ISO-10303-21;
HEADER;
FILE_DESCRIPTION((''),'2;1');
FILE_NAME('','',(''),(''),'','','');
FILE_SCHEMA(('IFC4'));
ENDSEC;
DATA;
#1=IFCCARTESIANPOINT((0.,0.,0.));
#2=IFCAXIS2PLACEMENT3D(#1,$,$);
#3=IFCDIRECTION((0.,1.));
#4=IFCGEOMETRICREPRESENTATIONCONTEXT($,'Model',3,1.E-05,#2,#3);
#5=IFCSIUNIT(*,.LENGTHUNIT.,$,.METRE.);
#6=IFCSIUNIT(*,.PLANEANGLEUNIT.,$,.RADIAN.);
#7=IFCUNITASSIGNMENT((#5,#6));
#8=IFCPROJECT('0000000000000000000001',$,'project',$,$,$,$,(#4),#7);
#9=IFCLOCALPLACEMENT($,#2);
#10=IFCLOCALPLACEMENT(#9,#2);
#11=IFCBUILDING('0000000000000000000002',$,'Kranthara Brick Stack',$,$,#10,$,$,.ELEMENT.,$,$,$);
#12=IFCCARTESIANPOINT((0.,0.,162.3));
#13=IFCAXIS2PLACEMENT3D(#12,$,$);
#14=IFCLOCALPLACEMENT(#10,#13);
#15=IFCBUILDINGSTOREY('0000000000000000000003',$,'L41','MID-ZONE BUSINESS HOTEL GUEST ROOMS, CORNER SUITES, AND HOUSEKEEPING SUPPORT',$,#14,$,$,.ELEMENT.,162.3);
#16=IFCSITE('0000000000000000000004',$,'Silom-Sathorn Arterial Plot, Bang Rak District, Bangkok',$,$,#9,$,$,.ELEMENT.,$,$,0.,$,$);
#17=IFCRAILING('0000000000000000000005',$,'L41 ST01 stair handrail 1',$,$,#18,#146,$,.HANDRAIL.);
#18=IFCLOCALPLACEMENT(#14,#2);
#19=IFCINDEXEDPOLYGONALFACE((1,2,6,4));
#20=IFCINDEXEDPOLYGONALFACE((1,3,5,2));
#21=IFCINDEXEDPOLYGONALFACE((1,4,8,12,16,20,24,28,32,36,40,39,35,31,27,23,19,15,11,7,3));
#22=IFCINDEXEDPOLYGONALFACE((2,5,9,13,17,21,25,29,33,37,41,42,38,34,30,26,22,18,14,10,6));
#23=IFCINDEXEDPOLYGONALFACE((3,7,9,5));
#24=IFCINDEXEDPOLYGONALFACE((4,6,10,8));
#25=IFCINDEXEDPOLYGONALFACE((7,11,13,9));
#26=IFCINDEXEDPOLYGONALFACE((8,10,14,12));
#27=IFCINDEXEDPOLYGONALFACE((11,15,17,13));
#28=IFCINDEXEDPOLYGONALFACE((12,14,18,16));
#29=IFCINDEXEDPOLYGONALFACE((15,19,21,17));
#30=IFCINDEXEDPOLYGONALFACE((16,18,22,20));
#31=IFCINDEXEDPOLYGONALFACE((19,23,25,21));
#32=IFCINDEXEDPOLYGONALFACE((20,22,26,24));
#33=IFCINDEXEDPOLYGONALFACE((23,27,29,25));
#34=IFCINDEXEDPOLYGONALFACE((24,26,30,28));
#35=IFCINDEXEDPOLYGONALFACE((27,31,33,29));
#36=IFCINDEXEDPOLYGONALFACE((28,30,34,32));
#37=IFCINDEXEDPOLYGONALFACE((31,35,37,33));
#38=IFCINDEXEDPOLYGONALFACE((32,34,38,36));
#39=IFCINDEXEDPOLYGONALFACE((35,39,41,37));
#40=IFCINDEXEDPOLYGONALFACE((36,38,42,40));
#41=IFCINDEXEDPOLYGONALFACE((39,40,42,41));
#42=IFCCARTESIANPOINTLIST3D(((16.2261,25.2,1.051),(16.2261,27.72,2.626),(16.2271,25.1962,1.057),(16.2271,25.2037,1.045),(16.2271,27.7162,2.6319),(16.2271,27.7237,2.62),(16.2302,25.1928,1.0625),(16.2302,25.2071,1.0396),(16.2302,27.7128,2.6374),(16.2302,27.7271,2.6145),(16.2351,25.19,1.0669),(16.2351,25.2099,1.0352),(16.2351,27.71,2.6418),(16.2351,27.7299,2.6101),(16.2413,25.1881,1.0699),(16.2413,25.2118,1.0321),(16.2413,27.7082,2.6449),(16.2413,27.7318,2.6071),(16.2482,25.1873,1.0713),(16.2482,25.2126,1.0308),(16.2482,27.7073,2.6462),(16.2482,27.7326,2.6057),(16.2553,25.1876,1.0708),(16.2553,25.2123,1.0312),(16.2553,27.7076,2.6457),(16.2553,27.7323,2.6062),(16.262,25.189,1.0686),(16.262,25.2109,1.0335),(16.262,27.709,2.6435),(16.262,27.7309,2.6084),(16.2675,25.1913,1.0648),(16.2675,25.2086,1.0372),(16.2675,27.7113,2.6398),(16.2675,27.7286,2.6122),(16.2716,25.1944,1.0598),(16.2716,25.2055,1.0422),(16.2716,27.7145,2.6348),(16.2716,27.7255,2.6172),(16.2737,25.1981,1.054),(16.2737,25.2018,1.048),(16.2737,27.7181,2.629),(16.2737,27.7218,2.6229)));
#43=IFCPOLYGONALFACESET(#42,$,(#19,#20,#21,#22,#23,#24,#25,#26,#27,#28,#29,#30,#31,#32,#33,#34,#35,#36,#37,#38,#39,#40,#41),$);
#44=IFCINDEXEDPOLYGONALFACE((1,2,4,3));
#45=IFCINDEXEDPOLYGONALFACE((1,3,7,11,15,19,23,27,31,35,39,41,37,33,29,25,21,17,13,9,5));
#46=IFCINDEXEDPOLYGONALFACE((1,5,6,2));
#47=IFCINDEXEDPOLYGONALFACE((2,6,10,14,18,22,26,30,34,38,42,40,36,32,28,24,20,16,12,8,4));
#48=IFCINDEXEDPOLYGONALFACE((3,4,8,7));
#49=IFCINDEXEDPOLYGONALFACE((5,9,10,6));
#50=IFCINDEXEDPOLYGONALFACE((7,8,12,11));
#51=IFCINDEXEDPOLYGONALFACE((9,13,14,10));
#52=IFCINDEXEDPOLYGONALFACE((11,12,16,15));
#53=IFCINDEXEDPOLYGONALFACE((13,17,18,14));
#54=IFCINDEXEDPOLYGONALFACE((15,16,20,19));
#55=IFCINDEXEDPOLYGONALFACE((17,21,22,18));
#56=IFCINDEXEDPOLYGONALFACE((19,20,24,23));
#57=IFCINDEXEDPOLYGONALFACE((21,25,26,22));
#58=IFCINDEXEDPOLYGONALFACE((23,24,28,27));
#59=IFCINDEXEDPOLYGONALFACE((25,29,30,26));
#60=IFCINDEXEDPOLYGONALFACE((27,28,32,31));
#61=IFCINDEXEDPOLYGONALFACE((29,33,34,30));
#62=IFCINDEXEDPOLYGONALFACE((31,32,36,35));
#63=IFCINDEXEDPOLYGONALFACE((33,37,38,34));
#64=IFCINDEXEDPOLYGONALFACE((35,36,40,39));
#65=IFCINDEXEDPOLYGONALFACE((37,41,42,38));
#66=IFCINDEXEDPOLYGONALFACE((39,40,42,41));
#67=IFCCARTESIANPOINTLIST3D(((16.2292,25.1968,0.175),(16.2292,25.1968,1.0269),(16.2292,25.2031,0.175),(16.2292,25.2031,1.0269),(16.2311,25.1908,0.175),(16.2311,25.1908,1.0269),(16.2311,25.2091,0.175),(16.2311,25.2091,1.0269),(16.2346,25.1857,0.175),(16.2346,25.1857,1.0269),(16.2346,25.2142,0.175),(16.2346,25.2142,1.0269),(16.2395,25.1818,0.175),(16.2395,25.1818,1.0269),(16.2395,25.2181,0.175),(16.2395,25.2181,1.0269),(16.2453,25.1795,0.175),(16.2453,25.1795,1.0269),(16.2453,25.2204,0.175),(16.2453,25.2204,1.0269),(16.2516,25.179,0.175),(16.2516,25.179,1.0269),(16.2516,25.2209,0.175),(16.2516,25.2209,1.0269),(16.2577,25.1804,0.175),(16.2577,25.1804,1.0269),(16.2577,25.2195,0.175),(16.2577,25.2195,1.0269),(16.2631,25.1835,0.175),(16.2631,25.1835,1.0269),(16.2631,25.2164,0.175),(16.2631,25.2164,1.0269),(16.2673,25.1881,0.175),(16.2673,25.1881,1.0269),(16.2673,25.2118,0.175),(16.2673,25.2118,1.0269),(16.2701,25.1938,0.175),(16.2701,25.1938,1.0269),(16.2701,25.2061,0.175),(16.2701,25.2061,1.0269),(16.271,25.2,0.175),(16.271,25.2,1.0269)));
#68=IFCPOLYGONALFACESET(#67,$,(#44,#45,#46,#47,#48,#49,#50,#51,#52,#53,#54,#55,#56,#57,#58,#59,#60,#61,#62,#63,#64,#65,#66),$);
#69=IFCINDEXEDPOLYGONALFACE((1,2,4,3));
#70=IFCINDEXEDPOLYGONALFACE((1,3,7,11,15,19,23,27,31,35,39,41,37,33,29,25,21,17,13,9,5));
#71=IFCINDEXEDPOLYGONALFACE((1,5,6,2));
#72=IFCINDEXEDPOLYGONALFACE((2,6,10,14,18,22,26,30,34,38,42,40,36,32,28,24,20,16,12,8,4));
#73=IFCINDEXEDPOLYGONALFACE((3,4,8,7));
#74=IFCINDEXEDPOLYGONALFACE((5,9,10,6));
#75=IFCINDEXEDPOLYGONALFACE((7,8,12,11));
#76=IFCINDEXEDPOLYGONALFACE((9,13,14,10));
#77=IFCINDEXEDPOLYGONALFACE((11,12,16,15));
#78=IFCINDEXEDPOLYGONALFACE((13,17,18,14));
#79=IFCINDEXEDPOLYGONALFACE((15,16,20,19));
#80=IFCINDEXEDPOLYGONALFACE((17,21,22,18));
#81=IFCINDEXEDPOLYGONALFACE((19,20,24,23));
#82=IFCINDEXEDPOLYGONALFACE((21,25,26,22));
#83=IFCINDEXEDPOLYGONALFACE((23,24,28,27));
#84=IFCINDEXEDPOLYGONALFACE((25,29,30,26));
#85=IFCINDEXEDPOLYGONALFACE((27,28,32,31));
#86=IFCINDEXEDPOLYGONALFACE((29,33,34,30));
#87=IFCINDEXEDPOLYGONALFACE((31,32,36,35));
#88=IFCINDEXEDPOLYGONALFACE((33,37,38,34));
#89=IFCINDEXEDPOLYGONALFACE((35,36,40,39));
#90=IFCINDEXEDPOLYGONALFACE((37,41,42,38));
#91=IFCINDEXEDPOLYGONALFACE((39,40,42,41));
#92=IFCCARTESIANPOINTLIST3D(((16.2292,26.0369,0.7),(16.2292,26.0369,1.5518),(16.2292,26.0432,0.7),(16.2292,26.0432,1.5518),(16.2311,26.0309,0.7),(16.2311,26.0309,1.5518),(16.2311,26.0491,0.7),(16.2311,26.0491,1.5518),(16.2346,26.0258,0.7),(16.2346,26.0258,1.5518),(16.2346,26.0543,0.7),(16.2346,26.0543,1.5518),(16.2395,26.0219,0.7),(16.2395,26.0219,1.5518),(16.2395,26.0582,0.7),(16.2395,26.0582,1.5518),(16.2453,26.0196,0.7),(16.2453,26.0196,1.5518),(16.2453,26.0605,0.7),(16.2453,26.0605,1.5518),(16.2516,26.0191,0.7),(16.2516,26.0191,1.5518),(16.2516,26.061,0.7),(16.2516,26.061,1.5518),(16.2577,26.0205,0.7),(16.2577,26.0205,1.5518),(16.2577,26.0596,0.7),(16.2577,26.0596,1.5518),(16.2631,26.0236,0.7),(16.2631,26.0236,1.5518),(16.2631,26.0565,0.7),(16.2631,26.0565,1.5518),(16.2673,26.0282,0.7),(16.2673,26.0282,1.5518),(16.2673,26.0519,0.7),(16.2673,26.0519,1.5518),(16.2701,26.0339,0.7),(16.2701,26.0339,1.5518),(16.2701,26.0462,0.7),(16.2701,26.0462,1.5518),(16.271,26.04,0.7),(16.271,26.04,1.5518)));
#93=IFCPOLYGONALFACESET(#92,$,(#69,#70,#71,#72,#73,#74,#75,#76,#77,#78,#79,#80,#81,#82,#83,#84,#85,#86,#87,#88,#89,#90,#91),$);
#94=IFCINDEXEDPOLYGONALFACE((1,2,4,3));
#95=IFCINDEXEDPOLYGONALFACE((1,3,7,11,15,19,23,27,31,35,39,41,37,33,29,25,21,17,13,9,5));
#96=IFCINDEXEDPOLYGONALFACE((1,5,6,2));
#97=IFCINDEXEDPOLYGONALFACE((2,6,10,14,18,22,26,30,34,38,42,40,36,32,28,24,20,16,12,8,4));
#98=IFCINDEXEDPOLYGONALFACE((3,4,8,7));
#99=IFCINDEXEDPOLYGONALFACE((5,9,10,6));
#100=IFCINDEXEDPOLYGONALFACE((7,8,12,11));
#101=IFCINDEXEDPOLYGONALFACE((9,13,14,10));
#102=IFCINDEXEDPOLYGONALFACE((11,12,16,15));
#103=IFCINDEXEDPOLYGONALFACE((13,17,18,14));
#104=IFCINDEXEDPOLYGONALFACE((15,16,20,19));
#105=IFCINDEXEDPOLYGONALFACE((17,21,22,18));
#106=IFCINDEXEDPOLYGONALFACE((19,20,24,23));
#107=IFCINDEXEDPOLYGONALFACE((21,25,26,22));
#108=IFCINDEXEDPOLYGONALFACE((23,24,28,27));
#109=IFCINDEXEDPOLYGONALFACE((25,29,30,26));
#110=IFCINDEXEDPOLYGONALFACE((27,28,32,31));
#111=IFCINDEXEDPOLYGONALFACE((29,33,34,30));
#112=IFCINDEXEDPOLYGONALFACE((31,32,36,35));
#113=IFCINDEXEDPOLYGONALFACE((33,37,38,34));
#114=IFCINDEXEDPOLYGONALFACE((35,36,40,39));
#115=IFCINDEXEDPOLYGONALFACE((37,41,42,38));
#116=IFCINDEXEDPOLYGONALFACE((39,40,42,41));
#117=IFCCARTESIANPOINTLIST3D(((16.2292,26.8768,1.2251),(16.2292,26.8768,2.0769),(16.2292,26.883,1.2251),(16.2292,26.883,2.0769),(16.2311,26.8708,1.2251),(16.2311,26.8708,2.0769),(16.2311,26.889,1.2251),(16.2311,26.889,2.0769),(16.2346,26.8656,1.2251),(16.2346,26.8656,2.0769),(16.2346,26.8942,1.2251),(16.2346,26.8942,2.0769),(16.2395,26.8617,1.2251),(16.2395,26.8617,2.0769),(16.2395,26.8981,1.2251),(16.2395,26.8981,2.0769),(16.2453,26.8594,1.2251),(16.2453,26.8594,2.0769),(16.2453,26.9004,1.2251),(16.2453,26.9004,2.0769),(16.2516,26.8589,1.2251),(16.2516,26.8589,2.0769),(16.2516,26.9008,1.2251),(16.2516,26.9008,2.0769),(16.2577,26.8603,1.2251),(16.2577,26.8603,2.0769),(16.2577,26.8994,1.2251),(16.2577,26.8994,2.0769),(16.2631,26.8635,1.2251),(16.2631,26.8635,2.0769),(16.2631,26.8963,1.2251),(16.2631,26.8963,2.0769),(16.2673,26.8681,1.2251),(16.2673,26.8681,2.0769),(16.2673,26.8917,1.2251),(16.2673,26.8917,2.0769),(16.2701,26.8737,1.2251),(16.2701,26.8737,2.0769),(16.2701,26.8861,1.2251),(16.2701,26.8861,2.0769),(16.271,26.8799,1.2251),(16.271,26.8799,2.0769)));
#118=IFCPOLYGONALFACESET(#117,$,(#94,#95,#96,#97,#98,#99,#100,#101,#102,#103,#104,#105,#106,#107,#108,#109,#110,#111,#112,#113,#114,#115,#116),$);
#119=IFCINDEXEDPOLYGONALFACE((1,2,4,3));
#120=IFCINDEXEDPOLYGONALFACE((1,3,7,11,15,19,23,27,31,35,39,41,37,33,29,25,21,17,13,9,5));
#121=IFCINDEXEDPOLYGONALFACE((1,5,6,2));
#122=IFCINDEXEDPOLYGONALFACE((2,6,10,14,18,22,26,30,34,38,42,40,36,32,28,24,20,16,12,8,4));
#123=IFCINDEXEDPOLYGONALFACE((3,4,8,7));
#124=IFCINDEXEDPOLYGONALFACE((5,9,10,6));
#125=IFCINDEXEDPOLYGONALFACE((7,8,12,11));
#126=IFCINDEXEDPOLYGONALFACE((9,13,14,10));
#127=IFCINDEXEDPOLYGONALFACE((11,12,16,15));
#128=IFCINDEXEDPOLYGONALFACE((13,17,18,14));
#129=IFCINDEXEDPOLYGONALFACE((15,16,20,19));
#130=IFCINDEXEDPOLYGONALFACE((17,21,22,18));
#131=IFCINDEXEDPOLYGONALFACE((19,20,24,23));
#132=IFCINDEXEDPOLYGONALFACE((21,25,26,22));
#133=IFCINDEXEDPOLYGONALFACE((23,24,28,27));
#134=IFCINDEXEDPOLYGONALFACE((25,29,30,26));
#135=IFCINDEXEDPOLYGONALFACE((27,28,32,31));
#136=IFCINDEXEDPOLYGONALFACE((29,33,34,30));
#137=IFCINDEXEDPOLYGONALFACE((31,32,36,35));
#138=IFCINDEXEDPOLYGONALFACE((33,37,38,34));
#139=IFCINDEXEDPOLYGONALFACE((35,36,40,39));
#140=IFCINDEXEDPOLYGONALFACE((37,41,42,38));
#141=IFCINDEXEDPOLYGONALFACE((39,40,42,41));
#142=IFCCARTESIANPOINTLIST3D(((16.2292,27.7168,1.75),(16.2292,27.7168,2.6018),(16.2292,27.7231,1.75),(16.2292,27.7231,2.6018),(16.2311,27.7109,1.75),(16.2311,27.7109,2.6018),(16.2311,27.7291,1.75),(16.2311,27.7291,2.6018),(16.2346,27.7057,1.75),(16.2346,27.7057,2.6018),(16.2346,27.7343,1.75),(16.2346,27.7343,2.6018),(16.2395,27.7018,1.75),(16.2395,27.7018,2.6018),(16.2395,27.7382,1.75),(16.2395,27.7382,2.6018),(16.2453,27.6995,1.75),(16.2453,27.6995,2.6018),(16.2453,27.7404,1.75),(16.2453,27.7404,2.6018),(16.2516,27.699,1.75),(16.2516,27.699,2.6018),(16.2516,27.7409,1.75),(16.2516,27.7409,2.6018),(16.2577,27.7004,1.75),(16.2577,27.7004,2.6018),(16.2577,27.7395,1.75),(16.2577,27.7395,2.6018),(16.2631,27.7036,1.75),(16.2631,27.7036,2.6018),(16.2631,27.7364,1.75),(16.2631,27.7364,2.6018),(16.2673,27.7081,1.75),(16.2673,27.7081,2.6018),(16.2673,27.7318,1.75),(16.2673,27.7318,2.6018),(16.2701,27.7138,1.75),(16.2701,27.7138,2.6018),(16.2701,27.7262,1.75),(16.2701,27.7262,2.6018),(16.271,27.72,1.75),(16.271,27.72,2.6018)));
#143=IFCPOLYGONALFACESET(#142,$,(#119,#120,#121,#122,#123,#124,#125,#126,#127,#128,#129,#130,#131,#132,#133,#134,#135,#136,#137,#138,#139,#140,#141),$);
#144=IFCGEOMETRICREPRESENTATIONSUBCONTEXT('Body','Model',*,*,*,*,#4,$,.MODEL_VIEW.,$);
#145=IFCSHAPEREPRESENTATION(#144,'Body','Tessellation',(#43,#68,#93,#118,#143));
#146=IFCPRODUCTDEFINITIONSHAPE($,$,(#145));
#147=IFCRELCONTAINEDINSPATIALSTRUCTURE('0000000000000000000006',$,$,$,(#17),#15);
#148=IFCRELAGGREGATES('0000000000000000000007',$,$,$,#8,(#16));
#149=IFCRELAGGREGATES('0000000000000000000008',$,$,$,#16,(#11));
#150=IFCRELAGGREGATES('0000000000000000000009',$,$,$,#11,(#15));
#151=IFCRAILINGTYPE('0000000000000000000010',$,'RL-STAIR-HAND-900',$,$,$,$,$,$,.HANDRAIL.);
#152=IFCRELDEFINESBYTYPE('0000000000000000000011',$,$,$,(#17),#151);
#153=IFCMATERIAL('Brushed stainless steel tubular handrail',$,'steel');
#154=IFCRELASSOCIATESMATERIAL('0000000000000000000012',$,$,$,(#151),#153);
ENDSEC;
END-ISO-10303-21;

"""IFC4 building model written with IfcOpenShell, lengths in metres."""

from ifc_helpers import new_model, si_unit, direction, frame, origin, origin_2d, place, context, subcontext, project, spatial, circle, extrude, material, type_object, element, save


model = new_model("IFC4")

# Units and contexts
model_context = context("Model", 3, precision=1e-05, world=origin(), true_north=direction((0.0, 1.0)))
body_context = subcontext(model_context, "Body", "Model", "MODEL_VIEW")
ifc_project = project(units=[si_unit("LENGTHUNIT", "METRE"), si_unit("PLANEANGLEUNIT", "RADIAN")], contexts=[model_context])

# Site, building, storey
site_placement = place(None, origin())
site = spatial("IfcSite", under=ifc_project, at=site_placement, Name="Silom-Sathorn Arterial Plot, Bang Rak District, Bangkok", CompositionType="ELEMENT", RefElevation=0.0)
building_placement = place(site_placement, origin())
building = spatial("IfcBuilding", under=site, at=building_placement, Name="Kranthara Brick Stack", CompositionType="ELEMENT")
storey_placement = place(building_placement, frame((0.0, 0.0, 162.3)))
storey = spatial("IfcBuildingStorey", under=building, at=storey_placement, Name="L41", Description="MID-ZONE BUSINESS HOTEL GUEST ROOMS, CORNER SUITES, AND HOUSEKEEPING SUPPORT", CompositionType="ELEMENT", Elevation=162.3)

# Railing
ifc_material_1 = material(Name="Brushed stainless steel tubular handrail", Category="steel")
railing_type = type_object("IfcRailingType", Name="RL-STAIR-HAND-900", PredefinedType="HANDRAIL", material=ifc_material_1)
railing_placement = place(storey_placement, frame((16.25, 25.2, 0.175)))
element("IfcRailing", 1, at=railing_placement, inside=storey, type_object=railing_type, Name="L41 ST01 stair handrail 1", PredefinedType="HANDRAIL", context=body_context, shape_type="SweptSolid", body=[
    extrude(circle(Radius=0.0239, at=origin_2d()), frame((0.0, 0.0, 0.876), z_axis=(0.0, 0.848008, 0.529984), x_axis=(-1.0, 0.0, 0.0)), (0.0, 0.0, 1.0), 2.9717),
    extrude(circle(Radius=0.021, at=origin_2d()), origin(), (0.0, 0.0, 1.0), 0.8518),
    extrude(circle(Radius=0.021, at=origin_2d()), frame((0.0, 0.8401, 0.5249)), (0.0, 0.0, 1.0), 0.8518),
    extrude(circle(Radius=0.021, at=origin_2d()), frame((0.0, 1.6799, 1.05)), (0.0, 0.0, 1.0), 0.8518),
    extrude(circle(Radius=0.021, at=origin_2d()), frame((0.0, 2.52, 1.575)), (0.0, 0.0, 1.0), 0.8518),
])

save(model, "model.ifc")
